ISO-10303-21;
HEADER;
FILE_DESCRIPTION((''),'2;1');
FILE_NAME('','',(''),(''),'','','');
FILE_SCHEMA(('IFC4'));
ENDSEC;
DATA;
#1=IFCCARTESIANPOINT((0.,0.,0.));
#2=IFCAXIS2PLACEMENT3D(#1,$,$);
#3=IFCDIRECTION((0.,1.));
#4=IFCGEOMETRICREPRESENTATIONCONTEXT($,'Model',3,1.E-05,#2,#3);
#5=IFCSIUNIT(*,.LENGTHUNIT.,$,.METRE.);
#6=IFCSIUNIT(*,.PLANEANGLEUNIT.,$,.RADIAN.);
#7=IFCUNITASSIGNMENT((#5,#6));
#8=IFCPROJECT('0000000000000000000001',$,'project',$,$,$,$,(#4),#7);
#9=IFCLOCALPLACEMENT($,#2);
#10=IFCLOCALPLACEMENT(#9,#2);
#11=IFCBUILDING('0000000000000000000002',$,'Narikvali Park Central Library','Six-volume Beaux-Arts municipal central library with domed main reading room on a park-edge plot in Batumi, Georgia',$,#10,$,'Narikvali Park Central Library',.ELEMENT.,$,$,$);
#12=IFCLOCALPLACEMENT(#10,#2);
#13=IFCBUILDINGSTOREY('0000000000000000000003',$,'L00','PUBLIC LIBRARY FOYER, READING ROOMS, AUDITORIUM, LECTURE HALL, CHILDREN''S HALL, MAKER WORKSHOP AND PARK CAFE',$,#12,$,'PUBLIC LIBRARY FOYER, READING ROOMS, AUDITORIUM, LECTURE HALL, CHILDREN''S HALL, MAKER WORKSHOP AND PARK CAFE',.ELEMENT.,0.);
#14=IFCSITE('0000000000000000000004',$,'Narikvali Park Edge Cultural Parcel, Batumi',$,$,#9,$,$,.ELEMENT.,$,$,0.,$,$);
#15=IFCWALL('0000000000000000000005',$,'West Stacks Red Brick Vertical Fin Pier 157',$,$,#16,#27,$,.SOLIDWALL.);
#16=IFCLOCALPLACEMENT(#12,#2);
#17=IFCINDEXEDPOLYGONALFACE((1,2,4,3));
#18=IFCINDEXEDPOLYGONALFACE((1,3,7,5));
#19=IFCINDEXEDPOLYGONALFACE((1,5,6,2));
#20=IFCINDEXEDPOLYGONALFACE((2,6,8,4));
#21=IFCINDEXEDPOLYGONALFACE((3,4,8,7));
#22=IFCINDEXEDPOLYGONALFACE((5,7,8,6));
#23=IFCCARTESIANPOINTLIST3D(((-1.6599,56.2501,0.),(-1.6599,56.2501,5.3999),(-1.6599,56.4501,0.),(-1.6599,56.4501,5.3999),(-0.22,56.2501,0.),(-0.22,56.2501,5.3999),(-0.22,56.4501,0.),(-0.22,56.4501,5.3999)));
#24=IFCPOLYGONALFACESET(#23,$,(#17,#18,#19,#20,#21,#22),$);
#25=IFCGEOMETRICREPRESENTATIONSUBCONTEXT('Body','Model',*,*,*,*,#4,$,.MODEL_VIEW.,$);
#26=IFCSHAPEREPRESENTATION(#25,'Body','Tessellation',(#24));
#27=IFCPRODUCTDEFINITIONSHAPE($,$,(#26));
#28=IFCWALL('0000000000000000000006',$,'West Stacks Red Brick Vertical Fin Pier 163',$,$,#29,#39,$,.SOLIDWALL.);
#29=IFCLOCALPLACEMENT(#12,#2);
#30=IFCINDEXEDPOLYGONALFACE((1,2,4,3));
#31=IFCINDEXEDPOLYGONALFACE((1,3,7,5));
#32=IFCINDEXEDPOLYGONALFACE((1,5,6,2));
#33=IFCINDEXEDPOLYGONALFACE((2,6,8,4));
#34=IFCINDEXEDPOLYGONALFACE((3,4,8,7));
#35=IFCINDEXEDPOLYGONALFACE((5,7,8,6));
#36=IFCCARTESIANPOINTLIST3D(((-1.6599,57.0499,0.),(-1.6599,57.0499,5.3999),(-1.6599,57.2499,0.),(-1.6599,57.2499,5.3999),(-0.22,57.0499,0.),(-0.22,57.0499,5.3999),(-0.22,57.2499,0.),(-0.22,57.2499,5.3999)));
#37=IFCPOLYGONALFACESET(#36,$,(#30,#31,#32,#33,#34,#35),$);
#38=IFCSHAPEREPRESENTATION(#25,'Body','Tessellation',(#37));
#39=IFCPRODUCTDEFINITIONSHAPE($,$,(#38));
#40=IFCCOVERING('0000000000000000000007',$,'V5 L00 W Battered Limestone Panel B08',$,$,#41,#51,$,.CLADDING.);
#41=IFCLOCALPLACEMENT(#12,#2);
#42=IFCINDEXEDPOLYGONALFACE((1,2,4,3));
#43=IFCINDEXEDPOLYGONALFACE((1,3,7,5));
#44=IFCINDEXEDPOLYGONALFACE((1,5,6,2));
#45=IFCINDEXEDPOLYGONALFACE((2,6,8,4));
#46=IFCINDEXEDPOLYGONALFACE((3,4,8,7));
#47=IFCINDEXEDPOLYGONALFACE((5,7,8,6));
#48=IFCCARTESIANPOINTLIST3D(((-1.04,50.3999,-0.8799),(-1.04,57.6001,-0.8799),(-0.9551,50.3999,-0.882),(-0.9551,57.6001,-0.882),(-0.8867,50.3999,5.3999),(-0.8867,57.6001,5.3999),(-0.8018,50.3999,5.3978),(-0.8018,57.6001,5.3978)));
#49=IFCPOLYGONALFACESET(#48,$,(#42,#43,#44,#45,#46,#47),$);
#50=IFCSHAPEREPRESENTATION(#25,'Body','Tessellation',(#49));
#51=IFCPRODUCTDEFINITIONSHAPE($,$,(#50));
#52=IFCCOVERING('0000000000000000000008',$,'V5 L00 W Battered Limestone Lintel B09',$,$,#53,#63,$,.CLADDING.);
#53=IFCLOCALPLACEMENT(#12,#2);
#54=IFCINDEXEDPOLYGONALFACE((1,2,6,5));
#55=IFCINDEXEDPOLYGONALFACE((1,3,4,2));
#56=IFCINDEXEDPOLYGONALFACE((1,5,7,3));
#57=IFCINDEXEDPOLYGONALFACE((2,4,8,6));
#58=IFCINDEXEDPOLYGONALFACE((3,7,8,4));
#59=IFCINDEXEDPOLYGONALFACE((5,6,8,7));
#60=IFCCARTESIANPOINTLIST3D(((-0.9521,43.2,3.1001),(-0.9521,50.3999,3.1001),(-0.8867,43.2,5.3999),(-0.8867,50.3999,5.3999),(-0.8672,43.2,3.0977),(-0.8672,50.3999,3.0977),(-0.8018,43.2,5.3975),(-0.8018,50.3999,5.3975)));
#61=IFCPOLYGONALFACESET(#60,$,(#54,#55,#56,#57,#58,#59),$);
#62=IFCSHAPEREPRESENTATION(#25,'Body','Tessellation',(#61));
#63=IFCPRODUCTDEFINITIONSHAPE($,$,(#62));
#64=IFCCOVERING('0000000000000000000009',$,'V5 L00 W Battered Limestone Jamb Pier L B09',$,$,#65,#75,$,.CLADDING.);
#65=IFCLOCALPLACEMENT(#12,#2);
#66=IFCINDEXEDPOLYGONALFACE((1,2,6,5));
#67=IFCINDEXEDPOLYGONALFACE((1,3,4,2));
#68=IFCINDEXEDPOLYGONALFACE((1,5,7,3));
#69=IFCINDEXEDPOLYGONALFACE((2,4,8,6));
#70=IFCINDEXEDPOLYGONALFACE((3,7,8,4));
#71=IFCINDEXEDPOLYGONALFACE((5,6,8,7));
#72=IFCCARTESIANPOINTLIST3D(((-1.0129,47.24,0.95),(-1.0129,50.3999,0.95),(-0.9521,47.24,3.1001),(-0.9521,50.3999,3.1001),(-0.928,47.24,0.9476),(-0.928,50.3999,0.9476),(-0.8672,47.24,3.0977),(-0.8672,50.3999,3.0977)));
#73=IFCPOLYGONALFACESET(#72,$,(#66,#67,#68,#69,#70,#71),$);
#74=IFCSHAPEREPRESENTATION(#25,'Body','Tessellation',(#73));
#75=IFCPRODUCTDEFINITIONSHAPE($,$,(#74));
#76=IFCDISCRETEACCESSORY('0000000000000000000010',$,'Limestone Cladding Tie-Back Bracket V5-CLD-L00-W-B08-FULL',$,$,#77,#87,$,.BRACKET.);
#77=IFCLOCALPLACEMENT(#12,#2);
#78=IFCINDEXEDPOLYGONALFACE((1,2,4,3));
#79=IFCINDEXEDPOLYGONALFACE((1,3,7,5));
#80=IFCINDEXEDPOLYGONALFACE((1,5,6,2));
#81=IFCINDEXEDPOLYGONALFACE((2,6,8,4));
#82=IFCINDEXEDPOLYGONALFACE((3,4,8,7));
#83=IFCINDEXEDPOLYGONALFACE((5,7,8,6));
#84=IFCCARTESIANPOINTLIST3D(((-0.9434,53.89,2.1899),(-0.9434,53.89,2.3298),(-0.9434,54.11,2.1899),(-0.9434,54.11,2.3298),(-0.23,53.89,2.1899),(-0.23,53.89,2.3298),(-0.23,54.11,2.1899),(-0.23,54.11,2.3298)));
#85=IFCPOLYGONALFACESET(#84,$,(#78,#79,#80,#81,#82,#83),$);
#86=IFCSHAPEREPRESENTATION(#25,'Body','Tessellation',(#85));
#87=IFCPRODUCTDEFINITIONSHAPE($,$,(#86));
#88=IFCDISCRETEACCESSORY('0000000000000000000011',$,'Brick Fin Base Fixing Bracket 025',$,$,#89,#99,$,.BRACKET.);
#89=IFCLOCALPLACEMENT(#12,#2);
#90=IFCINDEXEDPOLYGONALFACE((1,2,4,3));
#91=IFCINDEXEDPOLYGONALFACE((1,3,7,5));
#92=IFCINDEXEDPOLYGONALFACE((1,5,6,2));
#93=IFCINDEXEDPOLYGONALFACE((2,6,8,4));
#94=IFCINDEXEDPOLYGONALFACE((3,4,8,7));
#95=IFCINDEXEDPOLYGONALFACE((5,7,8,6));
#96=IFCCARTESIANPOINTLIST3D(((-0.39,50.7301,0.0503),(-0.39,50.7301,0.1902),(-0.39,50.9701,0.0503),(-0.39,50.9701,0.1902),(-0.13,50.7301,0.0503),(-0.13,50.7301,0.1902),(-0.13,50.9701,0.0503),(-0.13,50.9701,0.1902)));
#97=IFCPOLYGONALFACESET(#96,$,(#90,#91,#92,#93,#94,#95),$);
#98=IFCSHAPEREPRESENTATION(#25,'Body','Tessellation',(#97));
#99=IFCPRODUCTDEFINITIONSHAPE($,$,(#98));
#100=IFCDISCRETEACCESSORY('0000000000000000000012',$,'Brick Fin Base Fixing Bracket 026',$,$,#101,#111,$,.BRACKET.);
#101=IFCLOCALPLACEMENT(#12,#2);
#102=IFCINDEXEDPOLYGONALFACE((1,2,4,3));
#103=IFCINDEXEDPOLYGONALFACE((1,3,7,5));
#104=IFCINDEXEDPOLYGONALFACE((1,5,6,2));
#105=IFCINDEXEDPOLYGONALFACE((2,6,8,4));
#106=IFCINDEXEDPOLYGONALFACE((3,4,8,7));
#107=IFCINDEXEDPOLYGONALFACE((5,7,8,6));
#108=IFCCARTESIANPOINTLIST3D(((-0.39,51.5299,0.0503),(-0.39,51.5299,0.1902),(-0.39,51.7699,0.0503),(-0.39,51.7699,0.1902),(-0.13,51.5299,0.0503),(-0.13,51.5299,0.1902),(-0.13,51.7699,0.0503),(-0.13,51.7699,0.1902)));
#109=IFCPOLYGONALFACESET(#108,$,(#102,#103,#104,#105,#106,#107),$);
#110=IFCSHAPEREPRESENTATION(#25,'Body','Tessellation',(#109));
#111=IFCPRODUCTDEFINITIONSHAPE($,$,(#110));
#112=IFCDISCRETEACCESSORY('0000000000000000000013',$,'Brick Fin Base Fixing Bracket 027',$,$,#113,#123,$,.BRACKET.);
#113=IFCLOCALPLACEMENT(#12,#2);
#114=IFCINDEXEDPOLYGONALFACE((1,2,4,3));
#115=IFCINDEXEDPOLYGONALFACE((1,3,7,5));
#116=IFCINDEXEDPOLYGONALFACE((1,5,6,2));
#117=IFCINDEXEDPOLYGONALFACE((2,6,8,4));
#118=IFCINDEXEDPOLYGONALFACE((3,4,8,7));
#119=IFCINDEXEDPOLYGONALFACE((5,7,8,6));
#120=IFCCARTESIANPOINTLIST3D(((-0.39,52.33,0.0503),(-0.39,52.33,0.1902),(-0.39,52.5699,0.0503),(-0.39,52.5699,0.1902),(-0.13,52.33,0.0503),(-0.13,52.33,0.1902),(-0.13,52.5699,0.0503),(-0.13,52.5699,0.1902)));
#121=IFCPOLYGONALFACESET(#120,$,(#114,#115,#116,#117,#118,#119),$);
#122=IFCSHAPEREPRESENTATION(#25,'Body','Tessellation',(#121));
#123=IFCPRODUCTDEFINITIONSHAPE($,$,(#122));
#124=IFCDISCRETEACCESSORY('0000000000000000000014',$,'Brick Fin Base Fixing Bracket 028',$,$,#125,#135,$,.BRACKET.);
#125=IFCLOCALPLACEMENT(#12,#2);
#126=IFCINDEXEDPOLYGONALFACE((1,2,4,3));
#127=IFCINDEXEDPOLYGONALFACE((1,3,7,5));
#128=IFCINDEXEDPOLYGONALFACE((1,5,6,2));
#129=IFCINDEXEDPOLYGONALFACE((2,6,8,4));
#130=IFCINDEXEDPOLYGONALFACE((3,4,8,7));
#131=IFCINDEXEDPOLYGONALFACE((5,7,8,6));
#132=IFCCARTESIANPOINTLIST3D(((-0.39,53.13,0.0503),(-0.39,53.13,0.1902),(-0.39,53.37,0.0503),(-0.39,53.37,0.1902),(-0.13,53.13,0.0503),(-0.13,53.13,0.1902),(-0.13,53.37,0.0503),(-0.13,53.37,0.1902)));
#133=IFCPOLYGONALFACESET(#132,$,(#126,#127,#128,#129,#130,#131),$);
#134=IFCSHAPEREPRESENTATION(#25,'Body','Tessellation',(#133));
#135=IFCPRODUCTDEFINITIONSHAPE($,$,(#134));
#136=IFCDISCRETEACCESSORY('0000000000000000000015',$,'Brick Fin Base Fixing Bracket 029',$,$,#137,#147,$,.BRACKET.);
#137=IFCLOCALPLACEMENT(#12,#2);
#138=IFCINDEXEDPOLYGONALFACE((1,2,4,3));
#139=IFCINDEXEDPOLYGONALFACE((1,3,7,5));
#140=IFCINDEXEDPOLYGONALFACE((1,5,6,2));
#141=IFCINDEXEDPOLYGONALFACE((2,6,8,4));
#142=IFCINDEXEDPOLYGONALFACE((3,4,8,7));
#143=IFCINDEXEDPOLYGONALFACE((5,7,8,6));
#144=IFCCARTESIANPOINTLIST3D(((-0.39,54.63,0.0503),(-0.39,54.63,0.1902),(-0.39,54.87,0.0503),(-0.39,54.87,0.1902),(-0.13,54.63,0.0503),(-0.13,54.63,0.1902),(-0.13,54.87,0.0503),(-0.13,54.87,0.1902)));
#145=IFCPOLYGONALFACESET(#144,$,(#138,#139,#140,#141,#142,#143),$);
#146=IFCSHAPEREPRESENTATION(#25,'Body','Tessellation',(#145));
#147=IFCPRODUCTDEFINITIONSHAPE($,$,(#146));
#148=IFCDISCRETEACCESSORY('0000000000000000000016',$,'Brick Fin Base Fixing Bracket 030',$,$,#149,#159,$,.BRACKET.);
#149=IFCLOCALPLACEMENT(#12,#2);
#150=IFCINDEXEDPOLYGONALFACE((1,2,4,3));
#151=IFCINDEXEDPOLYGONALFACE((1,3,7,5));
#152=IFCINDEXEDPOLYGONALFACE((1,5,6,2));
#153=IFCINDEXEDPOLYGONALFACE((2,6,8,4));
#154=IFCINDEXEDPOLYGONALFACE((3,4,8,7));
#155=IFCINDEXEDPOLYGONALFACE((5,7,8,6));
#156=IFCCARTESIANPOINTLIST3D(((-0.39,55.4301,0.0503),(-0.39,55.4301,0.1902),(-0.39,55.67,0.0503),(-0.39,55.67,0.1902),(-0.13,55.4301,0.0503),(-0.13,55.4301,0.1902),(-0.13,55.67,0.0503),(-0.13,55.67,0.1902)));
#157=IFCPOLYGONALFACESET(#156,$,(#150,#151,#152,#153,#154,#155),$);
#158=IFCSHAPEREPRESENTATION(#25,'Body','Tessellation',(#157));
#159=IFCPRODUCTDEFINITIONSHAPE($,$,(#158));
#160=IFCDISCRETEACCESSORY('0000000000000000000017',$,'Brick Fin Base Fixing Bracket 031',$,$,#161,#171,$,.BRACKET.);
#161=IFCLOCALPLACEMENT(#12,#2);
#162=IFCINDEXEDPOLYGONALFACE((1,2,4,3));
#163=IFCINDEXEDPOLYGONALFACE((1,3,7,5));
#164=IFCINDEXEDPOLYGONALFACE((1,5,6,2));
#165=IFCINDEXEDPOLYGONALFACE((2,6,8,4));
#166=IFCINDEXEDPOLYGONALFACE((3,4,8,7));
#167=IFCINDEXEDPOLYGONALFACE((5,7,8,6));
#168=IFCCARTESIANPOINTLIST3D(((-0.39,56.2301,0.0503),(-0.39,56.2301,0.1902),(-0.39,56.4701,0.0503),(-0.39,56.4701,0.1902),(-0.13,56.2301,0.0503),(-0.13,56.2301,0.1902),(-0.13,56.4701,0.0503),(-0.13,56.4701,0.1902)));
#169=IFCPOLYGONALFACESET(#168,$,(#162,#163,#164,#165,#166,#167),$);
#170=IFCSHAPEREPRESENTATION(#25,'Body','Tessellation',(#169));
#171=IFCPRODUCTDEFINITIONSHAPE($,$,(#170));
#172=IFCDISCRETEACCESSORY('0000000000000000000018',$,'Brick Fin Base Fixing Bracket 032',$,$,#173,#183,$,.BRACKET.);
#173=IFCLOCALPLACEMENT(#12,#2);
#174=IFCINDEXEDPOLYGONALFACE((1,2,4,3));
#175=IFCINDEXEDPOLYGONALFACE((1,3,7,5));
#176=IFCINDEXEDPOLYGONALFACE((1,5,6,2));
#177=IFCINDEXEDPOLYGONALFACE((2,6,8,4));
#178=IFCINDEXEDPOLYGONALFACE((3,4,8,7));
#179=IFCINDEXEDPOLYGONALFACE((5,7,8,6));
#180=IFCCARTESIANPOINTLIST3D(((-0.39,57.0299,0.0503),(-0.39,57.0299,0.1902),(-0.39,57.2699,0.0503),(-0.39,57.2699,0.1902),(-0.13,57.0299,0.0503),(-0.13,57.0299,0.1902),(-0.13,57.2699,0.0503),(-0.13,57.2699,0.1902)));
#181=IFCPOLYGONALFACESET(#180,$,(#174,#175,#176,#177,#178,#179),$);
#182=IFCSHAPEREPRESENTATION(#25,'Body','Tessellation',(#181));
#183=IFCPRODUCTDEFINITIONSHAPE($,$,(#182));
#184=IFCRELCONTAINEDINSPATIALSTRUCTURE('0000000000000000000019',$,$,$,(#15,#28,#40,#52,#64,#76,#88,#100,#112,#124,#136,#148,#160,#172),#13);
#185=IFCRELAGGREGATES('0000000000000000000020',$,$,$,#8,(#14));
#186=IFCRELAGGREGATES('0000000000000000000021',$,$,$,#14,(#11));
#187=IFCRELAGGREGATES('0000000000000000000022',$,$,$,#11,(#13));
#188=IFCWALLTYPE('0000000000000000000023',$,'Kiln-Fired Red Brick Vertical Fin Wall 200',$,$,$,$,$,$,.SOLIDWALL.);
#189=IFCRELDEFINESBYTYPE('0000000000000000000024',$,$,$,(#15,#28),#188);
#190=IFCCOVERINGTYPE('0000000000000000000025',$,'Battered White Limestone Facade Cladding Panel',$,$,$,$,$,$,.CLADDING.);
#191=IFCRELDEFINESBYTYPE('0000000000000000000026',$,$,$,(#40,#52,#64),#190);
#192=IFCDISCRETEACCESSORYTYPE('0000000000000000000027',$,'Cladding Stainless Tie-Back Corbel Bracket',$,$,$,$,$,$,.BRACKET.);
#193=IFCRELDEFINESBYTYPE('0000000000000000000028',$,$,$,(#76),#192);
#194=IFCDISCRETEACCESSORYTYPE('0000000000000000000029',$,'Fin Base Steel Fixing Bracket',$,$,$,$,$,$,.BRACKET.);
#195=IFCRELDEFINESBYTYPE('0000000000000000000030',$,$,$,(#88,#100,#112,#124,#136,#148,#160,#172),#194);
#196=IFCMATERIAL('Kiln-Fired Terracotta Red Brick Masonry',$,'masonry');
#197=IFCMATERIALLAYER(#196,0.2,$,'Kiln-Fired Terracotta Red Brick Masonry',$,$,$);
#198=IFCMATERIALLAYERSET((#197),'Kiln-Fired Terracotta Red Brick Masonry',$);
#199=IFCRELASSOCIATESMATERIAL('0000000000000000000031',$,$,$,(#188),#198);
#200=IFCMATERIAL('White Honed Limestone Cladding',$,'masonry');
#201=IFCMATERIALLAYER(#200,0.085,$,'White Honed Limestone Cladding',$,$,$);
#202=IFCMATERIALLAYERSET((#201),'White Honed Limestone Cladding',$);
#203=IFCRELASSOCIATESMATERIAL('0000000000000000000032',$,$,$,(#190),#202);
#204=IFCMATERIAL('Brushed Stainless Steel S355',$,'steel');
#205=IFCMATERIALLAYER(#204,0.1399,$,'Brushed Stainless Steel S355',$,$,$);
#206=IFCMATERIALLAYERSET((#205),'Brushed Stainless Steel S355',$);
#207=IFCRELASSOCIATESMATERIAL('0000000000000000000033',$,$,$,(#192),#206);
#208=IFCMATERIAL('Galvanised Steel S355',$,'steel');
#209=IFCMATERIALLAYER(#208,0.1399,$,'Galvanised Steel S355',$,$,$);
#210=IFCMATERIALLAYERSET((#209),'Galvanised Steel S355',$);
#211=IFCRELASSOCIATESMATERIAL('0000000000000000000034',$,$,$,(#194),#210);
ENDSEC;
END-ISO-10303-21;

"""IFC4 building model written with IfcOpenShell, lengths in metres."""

from ifc_helpers import new_model, si_unit, direction, frame, frame_2d, origin, origin_2d, place, context, subcontext, project, spatial, polyline, rectangle, outline, extrude, material, layer, layer_set, type_object, element, save


model = new_model("IFC4")

# Units and contexts
model_context = context("Model", 3, precision=1e-05, world=origin(), true_north=direction((0.0, 1.0)))
body_context = subcontext(model_context, "Body", "Model", "MODEL_VIEW")
ifc_project = project(units=[si_unit("LENGTHUNIT", "METRE"), si_unit("PLANEANGLEUNIT", "RADIAN")], contexts=[model_context])

# Site, building, storey
site_placement = place(None, origin())
site = spatial("IfcSite", under=ifc_project, at=site_placement, Name="Narikvali Park Edge Cultural Parcel, Batumi", CompositionType="ELEMENT", RefElevation=0.0)
building_placement = place(site_placement, origin())
building = spatial("IfcBuilding", under=site, at=building_placement, Name="Narikvali Park Central Library", Description="Six-volume Beaux-Arts municipal central library with domed main reading room on a park-edge plot in Batumi, Georgia", LongName="Narikvali Park Central Library", CompositionType="ELEMENT")
storey_placement = place(building_placement, origin())
storey = spatial("IfcBuildingStorey", under=building, at=storey_placement, Name="L00", Description="PUBLIC LIBRARY FOYER, READING ROOMS, AUDITORIUM, LECTURE HALL, CHILDREN'S HALL, MAKER WORKSHOP AND PARK CAFE", LongName="PUBLIC LIBRARY FOYER, READING ROOMS, AUDITORIUM, LECTURE HALL, CHILDREN'S HALL, MAKER WORKSHOP AND PARK CAFE", CompositionType="ELEMENT", Elevation=0.0)

# Walls
ifc_material_1 = material(Name="Kiln-Fired Terracotta Red Brick Masonry", Category="masonry")
ifc_layer_1 = layer(ifc_material_1, 0.2, Name="Kiln-Fired Terracotta Red Brick Masonry")
ifc_layer_set_1 = layer_set([ifc_layer_1], Name="Kiln-Fired Terracotta Red Brick Masonry")
wall_type = type_object("IfcWallType", Name="Kiln-Fired Red Brick Vertical Fin Wall 200", PredefinedType="SOLIDWALL", material=ifc_layer_set_1)
for number, where, z_axis, x_axis, name in (
    (1, (-1.6599, 56.3501, 0.0), (0.0, 0.0, 1.0), (1.0, 0.0, 0.0), "West Stacks Red Brick Vertical Fin Pier 157"),
    (2, (-1.6599, 57.1499, 0.0), (0.0, 0.0, 1.0), (1.0, 0.0, 0.0), "West Stacks Red Brick Vertical Fin Pier 163"),
):
    element("IfcWall", number, at=place(storey_placement, frame(where, z_axis=z_axis, x_axis=x_axis)), inside=storey, type_object=wall_type, Name=name, PredefinedType="SOLIDWALL", context=body_context, shape_type="SweptSolid", body=[
        extrude(rectangle(XDim=1.4399, YDim=0.2, at=frame_2d((0.72, 0.0))), origin(), (0.0, 0.0, 1.0), 5.3999),
    ])

# Coverings
ifc_material_2 = material(Name="White Honed Limestone Cladding", Category="masonry")
ifc_layer_2 = layer(ifc_material_2, 0.085, Name="White Honed Limestone Cladding")
ifc_layer_set_2 = layer_set([ifc_layer_2], Name="White Honed Limestone Cladding")
covering_type = type_object("IfcCoveringType", Name="Battered White Limestone Facade Cladding Panel", PredefinedType="CLADDING", material=ifc_layer_set_2)
covering_1_placement = place(storey_placement, frame((-1.04, 57.6001, -0.8799), z_axis=(-0.999702, 0.0, 0.024408), x_axis=(0.0, -1.0, 0.0)))
element("IfcCovering", 3, at=covering_1_placement, inside=storey, type_object=covering_type, Name="V5 L00 W Battered Limestone Panel B08", PredefinedType="CLADDING", context=body_context, shape_type="SweptSolid", body=[
    extrude(outline(polyline([(0.0, 0.0), (7.2002, 0.0), (7.2002, 6.2817), (0.0, 6.2817), (0.0, 0.0)])), origin(), (0.0, 0.0, -1.0), 0.085),
])
covering_2_placement = place(storey_placement, frame((-0.9521, 50.3999, 3.1001), z_axis=(-0.999596, 0.0, 0.028439), x_axis=(0.0, -1.0, 0.0)))
element("IfcCovering", 4, at=covering_2_placement, inside=storey, type_object=covering_type, Name="V5 L00 W Battered Limestone Lintel B09", PredefinedType="CLADDING", context=body_context, shape_type="SweptSolid", body=[
    extrude(outline(polyline([(0.0, 0.0), (7.2, 0.0), (7.2, 2.3007), (0.0, 2.3007), (0.0, 0.0)])), origin(), (0.0, 0.0, -1.0), 0.085),
])
covering_3_placement = place(storey_placement, frame((-1.0129, 50.3999, 0.95), z_axis=(-0.999601, 0.0, 0.028262), x_axis=(0.0, -1.0, 0.0)))
element("IfcCovering", 5, at=covering_3_placement, inside=storey, type_object=covering_type, Name="V5 L00 W Battered Limestone Jamb Pier L B09", PredefinedType="CLADDING", context=body_context, shape_type="SweptSolid", body=[
    extrude(outline(polyline([(0.0, 0.0), (3.1599, 0.0), (3.1599, 2.151), (0.0, 2.151), (0.0, 0.0)])), origin(), (0.0, 0.0, -1.0), 0.085),
])

# Discrete accessories
ifc_material_3 = material(Name="Brushed Stainless Steel S355", Category="steel")
ifc_layer_3 = layer(ifc_material_3, 0.1399, Name="Brushed Stainless Steel S355")
ifc_layer_set_3 = layer_set([ifc_layer_3], Name="Brushed Stainless Steel S355")
discrete_accessory_type_1 = type_object("IfcDiscreteAccessoryType", Name="Cladding Stainless Tie-Back Corbel Bracket", PredefinedType="BRACKET", material=ifc_layer_set_3)
discrete_accessory_placement = place(storey_placement, frame((-0.5867, 54.0, 2.1899), z_axis=(0.0, 0.0, 1.0), x_axis=(1.0, 0.0, 0.0)))
element("IfcDiscreteAccessory", 6, at=discrete_accessory_placement, inside=storey, type_object=discrete_accessory_type_1, Name="Limestone Cladding Tie-Back Bracket V5-CLD-L00-W-B08-FULL", PredefinedType="BRACKET", context=body_context, shape_type="SweptSolid", body=[
    extrude(rectangle(XDim=0.7134, YDim=0.22, at=origin_2d()), origin(), (0.0, 0.0, 1.0), 0.1399),
])
ifc_material_4 = material(Name="Galvanised Steel S355", Category="steel")
ifc_layer_4 = layer(ifc_material_4, 0.1399, Name="Galvanised Steel S355")
ifc_layer_set_4 = layer_set([ifc_layer_4], Name="Galvanised Steel S355")
discrete_accessory_type_2 = type_object("IfcDiscreteAccessoryType", Name="Fin Base Steel Fixing Bracket", PredefinedType="BRACKET", material=ifc_layer_set_4)
for number, where, z_axis, x_axis, name in (
    (7, (-0.26, 50.8501, 0.0503), (0.0, 0.0, 1.0), (1.0, 0.0, 0.0), "Brick Fin Base Fixing Bracket 025"),
    (8, (-0.26, 51.6499, 0.0503), (0.0, 0.0, 1.0), (1.0, 0.0, 0.0), "Brick Fin Base Fixing Bracket 026"),
    (9, (-0.26, 52.45, 0.0503), (0.0, 0.0, 1.0), (1.0, 0.0, 0.0), "Brick Fin Base Fixing Bracket 027"),
    (10, (-0.26, 53.25, 0.0503), (0.0, 0.0, 1.0), (1.0, 0.0, 0.0), "Brick Fin Base Fixing Bracket 028"),
    (11, (-0.26, 54.75, 0.0503), (0.0, 0.0, 1.0), (1.0, 0.0, 0.0), "Brick Fin Base Fixing Bracket 029"),
    (12, (-0.26, 55.55, 0.0503), (0.0, 0.0, 1.0), (1.0, 0.0, 0.0), "Brick Fin Base Fixing Bracket 030"),
    (13, (-0.26, 56.3501, 0.0503), (0.0, 0.0, 1.0), (1.0, 0.0, 0.0), "Brick Fin Base Fixing Bracket 031"),
    (14, (-0.26, 57.1499, 0.0503), (0.0, 0.0, 1.0), (1.0, 0.0, 0.0), "Brick Fin Base Fixing Bracket 032"),
):
    element("IfcDiscreteAccessory", number, at=place(storey_placement, frame(where, z_axis=z_axis, x_axis=x_axis)), inside=storey, type_object=discrete_accessory_type_2, Name=name, PredefinedType="BRACKET", context=body_context, shape_type="SweptSolid", body=[
        extrude(rectangle(XDim=0.26, YDim=0.24, at=origin_2d()), origin(), (0.0, 0.0, 1.0), 0.1399),
    ])

save(model, "model.ifc")
